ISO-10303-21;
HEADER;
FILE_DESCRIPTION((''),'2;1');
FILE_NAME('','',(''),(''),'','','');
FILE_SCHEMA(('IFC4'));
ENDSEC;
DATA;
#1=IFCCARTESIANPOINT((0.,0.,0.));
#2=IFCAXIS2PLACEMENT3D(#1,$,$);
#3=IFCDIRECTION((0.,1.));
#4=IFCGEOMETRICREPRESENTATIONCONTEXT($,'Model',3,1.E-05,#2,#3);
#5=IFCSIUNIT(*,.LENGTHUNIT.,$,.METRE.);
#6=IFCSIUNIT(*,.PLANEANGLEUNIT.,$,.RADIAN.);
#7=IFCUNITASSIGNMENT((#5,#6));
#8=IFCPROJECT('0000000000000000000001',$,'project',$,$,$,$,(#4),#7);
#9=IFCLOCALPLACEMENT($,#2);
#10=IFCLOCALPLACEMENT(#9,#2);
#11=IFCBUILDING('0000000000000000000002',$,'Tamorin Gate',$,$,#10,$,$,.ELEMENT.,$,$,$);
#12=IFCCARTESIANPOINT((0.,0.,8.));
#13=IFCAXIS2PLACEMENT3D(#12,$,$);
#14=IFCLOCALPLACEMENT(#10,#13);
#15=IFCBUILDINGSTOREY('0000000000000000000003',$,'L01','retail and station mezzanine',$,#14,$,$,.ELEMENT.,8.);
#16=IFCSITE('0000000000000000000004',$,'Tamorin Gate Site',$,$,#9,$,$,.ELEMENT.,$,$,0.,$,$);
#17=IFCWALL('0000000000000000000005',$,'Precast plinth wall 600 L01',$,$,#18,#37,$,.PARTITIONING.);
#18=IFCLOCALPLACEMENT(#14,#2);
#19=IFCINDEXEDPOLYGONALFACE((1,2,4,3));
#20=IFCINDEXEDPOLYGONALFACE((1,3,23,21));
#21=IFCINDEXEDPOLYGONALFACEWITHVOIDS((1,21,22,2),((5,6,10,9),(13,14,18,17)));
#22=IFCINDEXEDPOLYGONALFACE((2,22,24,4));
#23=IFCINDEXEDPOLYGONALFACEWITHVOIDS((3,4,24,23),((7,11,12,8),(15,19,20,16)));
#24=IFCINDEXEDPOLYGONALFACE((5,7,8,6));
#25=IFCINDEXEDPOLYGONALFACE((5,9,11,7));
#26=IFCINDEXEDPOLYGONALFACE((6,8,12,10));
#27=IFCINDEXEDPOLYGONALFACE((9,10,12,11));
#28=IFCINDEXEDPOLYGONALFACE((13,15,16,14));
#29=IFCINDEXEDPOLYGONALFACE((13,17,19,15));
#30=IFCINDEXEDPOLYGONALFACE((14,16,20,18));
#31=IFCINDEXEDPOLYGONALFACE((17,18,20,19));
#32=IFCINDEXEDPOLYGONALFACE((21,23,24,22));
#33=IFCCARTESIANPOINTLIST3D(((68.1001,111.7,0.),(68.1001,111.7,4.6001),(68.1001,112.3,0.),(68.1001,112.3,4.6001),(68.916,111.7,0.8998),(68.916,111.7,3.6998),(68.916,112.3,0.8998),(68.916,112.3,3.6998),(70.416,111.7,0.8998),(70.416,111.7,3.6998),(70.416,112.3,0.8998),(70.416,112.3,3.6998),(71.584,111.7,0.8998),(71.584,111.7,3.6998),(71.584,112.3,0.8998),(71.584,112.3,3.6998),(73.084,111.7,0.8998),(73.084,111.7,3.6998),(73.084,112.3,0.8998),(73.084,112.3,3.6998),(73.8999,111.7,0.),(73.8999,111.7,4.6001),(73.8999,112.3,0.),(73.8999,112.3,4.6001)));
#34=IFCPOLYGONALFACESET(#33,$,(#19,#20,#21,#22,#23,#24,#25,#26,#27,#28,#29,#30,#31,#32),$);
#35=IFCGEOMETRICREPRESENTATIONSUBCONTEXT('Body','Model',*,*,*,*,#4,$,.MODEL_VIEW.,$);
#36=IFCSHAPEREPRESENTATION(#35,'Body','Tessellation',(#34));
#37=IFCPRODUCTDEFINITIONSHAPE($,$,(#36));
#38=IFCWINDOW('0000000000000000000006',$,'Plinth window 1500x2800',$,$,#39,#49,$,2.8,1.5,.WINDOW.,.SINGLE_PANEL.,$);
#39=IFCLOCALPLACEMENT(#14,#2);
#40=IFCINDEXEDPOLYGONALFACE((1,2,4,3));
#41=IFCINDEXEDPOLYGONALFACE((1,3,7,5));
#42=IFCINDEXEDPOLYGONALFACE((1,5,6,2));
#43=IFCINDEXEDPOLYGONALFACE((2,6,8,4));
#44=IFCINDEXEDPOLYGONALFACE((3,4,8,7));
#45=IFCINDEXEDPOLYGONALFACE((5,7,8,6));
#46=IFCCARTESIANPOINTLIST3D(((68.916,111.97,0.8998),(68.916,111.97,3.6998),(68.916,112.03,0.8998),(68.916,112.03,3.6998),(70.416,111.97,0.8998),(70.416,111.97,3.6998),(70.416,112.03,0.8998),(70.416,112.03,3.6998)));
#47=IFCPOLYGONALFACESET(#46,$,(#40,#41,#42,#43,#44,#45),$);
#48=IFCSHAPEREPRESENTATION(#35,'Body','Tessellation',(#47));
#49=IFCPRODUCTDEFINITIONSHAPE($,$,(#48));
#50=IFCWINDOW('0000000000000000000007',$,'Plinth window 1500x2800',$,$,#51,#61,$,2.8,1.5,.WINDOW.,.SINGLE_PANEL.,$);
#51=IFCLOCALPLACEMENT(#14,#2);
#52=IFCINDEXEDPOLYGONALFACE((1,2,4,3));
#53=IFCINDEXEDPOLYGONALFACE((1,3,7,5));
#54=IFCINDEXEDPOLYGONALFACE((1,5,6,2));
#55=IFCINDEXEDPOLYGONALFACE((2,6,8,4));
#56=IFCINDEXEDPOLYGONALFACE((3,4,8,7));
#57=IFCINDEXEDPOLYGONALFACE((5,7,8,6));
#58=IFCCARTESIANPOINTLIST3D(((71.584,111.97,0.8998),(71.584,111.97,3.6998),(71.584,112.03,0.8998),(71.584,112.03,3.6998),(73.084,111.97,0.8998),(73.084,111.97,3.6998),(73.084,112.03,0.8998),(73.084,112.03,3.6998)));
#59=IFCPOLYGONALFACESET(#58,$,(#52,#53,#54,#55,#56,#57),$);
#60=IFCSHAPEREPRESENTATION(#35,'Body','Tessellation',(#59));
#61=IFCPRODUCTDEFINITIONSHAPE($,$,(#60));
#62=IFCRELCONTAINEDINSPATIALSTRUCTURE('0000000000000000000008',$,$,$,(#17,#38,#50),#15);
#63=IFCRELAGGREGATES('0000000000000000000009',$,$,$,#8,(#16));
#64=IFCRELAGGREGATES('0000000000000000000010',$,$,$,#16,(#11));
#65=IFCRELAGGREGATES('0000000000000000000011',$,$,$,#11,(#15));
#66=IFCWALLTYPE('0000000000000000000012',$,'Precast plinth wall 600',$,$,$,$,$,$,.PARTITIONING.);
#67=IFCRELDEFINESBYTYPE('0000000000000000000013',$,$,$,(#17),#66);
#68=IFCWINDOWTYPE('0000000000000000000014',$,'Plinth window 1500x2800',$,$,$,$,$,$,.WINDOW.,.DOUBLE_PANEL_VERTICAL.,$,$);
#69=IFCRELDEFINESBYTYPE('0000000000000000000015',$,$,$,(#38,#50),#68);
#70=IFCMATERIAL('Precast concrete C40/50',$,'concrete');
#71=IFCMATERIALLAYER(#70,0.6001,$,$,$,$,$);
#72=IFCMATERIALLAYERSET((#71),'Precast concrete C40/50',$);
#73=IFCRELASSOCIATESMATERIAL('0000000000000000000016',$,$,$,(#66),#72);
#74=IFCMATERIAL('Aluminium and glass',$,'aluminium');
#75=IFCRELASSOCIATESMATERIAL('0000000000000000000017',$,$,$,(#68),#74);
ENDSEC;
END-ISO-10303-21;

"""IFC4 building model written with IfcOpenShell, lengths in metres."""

from ifc_helpers import new_model, si_unit, direction, frame, frame_2d, origin, place, context, subcontext, project, spatial, rectangle, extrude, material, layer, layer_set, type_object, element, fill, save


model = new_model("IFC4")

# Units and contexts
model_context = context("Model", 3, precision=1e-05, world=origin(), true_north=direction((0.0, 1.0)))
body_context = subcontext(model_context, "Body", "Model", "MODEL_VIEW")
ifc_project = project(units=[si_unit("LENGTHUNIT", "METRE"), si_unit("PLANEANGLEUNIT", "RADIAN")], contexts=[model_context])

# Site, building, storey
site_placement = place(None, origin())
site = spatial("IfcSite", under=ifc_project, at=site_placement, Name="Tamorin Gate Site", CompositionType="ELEMENT", RefElevation=0.0)
building_placement = place(site_placement, origin())
building = spatial("IfcBuilding", under=site, at=building_placement, Name="Tamorin Gate", CompositionType="ELEMENT")
storey_placement = place(building_placement, frame((0.0, 0.0, 8.0)))
storey = spatial("IfcBuildingStorey", under=building, at=storey_placement, Name="L01", Description="retail and station mezzanine", CompositionType="ELEMENT", Elevation=8.0)

# Wall, openings, windows
ifc_material_1 = material(Name="Precast concrete C40/50", Category="concrete")
ifc_layer_1 = layer(ifc_material_1, 0.6001)
ifc_layer_set_1 = layer_set([ifc_layer_1], Name="Precast concrete C40/50")
wall_type_1 = type_object("IfcWallType", Name="Precast plinth wall 600", PredefinedType="PARTITIONING", material=ifc_layer_set_1)
ifc_material_2 = material(Name="Aluminium and glass", Category="aluminium")
window_type = type_object("IfcWindowType", Name="Plinth window 1500x2800", PartitioningType="DOUBLE_PANEL_VERTICAL", PredefinedType="WINDOW", material=ifc_material_2)
wall_1_placement = place(storey_placement, frame((68.1001, 112.0, 0.0), z_axis=(0.0, 0.0, 1.0), x_axis=(1.0, 0.0, 0.0)))
wall_1 = element("IfcWall", 1, at=wall_1_placement, inside=storey, type_object=wall_type_1, Name="Precast plinth wall 600 L01", PredefinedType="PARTITIONING", context=body_context, shape_type="SweptSolid", body=[
    extrude(rectangle(XDim=5.7998, YDim=0.6001, at=frame_2d((2.8999, 0.0))), origin(), (0.0, 0.0, 1.0), 4.6001),
])
opening_1_placement = place(wall_1_placement, frame((0.8159, 0.0, 0.8999)))
opening_1 = element("IfcOpeningElement", 2, at=opening_1_placement, cuts=wall_1, PredefinedType="OPENING", context=body_context, shape_type="SweptSolid", body=[
    extrude(rectangle(XDim=1.5, YDim=2.8, at=frame_2d((0.75, 1.3999))), frame((0.0, 0.3101, 0.0), z_axis=(0.0, -1.0, 0.0), x_axis=(1.0, 0.0, 0.0)), (0.0, 0.0, 1.0), 0.6201),
])
opening_2_placement = place(wall_1_placement, frame((3.4839, 0.0, 0.8999)))
opening_2 = element("IfcOpeningElement", 3, at=opening_2_placement, cuts=wall_1, PredefinedType="OPENING", context=body_context, shape_type="SweptSolid", body=[
    extrude(rectangle(XDim=1.5, YDim=2.8, at=frame_2d((0.75, 1.3999))), frame((0.0, 0.3101, 0.0), z_axis=(0.0, -1.0, 0.0), x_axis=(1.0, 0.0, 0.0)), (0.0, 0.0, 1.0), 0.6201),
])
window_1_placement = place(opening_1_placement, origin())
window_1 = element("IfcWindow", 4, at=window_1_placement, inside=storey, type_object=window_type, Name="Plinth window 1500x2800", OverallHeight=2.8, OverallWidth=1.5, PartitioningType="SINGLE_PANEL", PredefinedType="WINDOW", context=body_context, shape_type="SweptSolid", body=[
    extrude(rectangle(XDim=1.5, YDim=2.8, at=frame_2d((0.75, 1.3999))), frame((0.0, 0.03, 0.0), z_axis=(0.0, -1.0, 0.0), x_axis=(1.0, 0.0, 0.0)), (0.0, 0.0, 1.0), 0.0601),
])
fill(opening_1, window_1)
window_2_placement = place(opening_2_placement, origin())
window_2 = element("IfcWindow", 5, at=window_2_placement, inside=storey, type_object=window_type, Name="Plinth window 1500x2800", OverallHeight=2.8, OverallWidth=1.5, PartitioningType="SINGLE_PANEL", PredefinedType="WINDOW", context=body_context, shape_type="SweptSolid", body=[
    extrude(rectangle(XDim=1.5, YDim=2.8, at=frame_2d((0.75, 1.3999))), frame((0.0, 0.03, 0.0), z_axis=(0.0, -1.0, 0.0), x_axis=(1.0, 0.0, 0.0)), (0.0, 0.0, 1.0), 0.0601),
])
fill(opening_2, window_2)

save(model, "model.ifc")
